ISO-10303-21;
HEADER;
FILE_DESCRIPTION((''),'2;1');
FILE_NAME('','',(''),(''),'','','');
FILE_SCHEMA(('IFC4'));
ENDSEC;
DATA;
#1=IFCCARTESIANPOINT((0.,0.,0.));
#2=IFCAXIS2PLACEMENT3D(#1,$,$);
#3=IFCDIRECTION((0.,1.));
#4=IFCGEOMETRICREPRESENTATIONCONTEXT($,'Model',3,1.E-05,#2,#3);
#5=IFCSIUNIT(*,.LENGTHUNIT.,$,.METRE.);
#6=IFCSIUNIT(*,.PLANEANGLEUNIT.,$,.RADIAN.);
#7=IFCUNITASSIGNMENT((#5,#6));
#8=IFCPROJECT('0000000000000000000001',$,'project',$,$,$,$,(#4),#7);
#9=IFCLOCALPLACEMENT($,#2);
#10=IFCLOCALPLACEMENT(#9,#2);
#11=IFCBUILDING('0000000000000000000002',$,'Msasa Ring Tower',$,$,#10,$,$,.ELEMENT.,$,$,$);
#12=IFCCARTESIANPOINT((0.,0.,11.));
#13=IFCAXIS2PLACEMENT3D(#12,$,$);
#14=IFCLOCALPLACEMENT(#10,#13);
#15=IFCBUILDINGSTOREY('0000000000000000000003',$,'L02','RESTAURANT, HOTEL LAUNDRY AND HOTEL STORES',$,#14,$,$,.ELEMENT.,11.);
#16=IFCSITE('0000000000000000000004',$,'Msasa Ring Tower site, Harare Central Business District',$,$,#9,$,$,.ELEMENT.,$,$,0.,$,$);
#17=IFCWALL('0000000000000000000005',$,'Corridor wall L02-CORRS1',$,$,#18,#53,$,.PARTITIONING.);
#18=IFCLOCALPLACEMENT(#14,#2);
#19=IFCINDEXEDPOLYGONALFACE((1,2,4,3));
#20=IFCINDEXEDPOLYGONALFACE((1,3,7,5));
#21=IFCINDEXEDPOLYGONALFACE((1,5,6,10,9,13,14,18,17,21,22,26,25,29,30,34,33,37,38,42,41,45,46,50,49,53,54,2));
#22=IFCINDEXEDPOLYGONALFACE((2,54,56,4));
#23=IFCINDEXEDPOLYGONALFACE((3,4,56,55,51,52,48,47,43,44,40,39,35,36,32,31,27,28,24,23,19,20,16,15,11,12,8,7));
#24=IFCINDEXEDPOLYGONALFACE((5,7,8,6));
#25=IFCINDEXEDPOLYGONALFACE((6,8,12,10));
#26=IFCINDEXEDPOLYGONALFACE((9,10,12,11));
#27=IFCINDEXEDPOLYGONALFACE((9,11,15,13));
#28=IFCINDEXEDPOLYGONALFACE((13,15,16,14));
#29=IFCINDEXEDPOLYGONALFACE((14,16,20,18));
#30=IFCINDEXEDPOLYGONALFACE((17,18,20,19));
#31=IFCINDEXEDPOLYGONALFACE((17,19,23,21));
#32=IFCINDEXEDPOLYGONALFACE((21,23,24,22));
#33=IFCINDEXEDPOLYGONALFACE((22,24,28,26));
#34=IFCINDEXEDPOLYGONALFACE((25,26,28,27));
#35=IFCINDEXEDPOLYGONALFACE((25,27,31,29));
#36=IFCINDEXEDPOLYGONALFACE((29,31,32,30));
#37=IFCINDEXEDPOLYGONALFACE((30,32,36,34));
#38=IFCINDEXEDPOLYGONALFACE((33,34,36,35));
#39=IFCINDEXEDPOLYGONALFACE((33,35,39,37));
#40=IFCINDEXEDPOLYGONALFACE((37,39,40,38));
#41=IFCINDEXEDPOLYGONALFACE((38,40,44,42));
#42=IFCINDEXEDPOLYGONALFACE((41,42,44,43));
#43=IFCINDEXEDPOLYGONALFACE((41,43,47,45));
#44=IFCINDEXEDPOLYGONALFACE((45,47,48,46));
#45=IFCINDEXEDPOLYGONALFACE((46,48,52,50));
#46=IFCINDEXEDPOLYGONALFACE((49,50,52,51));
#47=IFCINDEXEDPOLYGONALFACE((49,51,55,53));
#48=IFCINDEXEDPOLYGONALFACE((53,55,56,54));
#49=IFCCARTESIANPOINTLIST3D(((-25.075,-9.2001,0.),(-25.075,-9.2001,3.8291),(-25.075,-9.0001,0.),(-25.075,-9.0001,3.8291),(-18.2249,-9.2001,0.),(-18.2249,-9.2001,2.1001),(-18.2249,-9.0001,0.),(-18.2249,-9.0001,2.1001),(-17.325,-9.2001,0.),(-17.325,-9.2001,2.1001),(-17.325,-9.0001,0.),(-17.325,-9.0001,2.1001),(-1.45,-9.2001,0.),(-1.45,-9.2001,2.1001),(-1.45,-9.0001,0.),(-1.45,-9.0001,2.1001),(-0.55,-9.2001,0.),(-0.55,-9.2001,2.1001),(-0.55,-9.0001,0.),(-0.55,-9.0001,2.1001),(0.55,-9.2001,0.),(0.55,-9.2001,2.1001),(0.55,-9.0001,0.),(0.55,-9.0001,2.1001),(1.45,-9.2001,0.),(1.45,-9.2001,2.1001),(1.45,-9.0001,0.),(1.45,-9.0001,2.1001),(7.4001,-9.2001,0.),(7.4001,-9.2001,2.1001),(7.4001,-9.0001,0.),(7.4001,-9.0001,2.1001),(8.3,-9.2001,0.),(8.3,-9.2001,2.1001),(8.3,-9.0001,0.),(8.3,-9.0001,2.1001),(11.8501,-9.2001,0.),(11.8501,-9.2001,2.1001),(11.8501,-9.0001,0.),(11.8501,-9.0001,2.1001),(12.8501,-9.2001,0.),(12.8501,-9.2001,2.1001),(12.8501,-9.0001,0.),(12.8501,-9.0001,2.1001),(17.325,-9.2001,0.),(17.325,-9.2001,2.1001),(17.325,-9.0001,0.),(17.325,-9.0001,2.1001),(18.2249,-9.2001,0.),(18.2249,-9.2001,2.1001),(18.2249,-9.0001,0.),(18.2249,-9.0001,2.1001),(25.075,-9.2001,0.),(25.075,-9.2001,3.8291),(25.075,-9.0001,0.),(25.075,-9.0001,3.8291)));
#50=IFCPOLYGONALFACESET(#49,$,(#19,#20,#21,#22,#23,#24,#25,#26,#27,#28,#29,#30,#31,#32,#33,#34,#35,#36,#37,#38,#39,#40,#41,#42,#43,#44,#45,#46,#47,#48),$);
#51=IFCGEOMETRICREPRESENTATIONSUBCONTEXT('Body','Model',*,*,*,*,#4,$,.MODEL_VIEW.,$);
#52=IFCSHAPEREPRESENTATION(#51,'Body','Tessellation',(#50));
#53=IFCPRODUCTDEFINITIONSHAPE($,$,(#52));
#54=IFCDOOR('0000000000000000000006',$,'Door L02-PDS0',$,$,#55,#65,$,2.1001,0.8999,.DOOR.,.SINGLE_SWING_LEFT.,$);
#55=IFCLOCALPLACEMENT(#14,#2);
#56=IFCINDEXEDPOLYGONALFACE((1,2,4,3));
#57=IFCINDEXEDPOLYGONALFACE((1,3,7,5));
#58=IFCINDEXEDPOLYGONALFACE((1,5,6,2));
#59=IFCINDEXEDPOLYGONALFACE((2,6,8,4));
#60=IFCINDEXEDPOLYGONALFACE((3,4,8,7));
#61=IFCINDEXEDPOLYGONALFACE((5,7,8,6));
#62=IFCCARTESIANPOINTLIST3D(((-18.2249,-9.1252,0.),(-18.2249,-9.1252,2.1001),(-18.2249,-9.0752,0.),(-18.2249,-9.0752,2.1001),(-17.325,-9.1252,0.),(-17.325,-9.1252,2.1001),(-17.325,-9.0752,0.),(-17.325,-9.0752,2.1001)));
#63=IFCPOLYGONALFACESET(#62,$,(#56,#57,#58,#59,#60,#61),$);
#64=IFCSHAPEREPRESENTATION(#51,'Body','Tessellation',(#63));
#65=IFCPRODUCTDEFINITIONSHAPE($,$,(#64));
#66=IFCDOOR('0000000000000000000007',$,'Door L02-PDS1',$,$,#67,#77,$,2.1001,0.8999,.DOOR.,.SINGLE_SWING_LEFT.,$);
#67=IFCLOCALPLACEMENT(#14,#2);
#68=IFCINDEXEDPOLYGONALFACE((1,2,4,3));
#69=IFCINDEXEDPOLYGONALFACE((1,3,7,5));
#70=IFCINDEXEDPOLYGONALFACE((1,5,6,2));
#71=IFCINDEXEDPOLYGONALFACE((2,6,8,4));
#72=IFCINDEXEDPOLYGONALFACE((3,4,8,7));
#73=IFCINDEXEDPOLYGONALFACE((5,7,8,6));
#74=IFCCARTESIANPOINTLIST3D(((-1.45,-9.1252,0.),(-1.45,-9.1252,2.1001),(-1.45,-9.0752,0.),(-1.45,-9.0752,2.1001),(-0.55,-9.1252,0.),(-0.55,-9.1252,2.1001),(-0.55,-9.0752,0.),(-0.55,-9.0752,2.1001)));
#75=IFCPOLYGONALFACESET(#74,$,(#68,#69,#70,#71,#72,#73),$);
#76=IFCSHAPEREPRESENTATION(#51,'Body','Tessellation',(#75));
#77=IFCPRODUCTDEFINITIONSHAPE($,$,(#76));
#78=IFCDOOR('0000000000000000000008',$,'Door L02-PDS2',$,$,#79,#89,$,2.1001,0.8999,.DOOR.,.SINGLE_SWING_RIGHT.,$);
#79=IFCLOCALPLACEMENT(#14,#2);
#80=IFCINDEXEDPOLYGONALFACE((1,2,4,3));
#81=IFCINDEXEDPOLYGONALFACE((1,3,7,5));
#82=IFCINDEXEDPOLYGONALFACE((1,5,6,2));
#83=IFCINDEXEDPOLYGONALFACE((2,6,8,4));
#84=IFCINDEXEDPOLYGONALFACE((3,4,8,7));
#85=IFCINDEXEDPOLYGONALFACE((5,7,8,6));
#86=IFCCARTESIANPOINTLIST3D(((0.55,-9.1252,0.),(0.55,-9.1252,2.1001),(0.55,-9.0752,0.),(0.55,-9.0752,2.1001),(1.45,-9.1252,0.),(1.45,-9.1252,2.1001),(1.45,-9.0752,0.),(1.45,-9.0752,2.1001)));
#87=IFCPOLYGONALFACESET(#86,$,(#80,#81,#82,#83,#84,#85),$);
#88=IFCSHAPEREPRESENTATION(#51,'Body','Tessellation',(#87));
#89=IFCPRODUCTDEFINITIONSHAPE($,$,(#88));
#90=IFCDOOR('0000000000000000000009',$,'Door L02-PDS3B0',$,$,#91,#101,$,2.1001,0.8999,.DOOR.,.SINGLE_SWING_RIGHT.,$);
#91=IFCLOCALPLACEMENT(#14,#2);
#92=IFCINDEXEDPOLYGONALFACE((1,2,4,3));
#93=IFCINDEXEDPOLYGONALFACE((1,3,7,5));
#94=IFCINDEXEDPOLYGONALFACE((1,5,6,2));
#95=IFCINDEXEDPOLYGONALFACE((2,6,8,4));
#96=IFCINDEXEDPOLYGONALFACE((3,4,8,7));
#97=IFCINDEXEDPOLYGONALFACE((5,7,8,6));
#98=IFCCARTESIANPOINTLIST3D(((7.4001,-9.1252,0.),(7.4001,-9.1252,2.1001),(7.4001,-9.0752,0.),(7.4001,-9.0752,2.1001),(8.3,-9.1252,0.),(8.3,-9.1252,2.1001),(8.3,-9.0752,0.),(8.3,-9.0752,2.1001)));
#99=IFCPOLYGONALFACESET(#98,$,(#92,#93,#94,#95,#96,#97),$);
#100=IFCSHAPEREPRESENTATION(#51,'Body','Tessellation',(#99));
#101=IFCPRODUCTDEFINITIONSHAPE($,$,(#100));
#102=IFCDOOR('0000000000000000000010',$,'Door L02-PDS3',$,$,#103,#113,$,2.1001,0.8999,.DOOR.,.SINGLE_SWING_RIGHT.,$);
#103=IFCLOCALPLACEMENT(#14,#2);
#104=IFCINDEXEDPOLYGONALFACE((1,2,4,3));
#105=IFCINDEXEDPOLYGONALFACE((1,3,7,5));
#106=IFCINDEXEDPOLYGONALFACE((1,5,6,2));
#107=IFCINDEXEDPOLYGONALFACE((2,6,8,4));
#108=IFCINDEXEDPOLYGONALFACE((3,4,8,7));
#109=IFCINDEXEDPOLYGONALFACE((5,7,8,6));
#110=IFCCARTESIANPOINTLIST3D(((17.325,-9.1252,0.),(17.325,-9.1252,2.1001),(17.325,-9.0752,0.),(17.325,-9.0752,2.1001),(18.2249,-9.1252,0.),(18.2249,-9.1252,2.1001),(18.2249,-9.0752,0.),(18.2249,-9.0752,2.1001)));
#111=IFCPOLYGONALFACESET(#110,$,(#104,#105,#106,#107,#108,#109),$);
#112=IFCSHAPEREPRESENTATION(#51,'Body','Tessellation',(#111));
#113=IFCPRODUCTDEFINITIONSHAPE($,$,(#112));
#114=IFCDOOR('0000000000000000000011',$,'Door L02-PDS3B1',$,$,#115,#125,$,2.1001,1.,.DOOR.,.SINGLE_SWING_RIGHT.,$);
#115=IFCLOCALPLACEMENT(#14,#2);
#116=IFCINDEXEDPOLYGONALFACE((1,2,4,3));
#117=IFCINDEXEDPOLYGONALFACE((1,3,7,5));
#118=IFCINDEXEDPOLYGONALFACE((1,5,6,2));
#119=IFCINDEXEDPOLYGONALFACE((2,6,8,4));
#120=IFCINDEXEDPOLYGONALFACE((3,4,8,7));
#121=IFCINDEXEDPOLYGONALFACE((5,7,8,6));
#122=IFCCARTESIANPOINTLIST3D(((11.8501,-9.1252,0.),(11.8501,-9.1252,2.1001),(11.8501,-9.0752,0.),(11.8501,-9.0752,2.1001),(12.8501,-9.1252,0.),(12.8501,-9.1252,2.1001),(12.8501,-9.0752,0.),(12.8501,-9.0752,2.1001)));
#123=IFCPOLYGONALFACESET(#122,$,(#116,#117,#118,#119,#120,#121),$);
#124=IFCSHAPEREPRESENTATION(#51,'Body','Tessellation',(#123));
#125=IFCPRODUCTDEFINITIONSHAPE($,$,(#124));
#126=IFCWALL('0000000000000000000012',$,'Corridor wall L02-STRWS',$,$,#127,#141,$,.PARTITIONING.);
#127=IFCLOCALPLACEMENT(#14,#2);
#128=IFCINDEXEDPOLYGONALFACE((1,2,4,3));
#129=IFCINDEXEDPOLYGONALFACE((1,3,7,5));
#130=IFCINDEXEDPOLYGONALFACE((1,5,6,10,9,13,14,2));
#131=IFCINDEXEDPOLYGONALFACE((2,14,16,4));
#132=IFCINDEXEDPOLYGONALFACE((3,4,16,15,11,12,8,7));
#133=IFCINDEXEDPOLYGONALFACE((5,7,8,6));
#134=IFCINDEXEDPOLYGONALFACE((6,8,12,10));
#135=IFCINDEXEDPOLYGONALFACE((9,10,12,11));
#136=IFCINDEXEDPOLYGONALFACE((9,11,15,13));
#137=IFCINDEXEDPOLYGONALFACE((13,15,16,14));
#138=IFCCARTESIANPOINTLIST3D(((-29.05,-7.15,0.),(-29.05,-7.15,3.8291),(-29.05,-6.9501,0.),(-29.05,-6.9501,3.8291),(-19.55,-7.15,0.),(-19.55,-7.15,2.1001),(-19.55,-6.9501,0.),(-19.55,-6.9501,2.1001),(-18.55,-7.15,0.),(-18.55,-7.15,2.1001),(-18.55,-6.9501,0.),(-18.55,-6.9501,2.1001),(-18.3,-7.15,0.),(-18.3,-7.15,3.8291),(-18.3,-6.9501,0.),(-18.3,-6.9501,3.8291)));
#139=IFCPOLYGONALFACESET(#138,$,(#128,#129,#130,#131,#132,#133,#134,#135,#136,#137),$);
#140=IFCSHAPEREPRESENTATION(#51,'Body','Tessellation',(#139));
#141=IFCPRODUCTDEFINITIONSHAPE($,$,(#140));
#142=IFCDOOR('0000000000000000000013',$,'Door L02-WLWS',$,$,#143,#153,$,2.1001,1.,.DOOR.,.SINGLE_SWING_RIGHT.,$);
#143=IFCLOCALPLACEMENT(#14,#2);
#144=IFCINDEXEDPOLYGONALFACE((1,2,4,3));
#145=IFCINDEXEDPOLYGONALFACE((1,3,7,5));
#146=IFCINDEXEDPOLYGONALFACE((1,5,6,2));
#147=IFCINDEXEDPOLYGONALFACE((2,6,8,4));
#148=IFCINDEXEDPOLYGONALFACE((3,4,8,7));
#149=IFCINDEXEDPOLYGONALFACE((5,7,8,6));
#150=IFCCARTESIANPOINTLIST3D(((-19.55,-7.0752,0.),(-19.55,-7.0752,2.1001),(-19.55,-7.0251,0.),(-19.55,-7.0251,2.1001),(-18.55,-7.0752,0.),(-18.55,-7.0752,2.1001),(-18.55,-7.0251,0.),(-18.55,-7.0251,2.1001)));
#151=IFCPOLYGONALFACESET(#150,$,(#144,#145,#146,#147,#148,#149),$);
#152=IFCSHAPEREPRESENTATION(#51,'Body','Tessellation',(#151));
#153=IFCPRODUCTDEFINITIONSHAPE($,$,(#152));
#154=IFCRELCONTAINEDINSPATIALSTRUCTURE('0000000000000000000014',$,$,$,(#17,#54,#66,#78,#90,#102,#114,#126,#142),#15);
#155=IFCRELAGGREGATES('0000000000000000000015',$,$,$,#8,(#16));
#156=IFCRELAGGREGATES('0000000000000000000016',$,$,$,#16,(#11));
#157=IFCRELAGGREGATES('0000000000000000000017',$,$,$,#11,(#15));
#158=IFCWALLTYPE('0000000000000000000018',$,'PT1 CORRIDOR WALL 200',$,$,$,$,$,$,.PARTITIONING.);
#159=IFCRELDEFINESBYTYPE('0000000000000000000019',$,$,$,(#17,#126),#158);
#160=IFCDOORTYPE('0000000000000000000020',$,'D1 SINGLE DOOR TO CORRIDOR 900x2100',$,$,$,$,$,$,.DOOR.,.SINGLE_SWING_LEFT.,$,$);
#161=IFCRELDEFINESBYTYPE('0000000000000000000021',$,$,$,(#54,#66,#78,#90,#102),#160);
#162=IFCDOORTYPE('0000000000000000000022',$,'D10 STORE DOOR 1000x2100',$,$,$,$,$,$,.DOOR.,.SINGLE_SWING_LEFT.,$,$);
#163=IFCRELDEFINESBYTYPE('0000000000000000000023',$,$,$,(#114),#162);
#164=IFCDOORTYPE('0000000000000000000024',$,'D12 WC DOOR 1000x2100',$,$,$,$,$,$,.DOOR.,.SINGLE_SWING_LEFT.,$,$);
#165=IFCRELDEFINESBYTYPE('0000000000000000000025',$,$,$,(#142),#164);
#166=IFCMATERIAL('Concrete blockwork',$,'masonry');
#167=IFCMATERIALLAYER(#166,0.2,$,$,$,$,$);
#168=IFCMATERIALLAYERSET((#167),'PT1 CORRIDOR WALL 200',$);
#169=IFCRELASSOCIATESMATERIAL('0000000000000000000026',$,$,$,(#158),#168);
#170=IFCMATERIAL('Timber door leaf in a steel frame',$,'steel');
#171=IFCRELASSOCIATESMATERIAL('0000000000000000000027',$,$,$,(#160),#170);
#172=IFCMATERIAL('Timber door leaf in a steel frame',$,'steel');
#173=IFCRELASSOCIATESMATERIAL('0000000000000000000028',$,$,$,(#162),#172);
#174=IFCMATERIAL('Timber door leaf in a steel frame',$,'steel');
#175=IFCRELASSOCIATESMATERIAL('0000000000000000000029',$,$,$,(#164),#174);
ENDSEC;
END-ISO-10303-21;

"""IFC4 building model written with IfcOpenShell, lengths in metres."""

from ifc_helpers import new_model, si_unit, direction, frame, frame_2d, origin, place, context, subcontext, project, spatial, rectangle, extrude, material, layer, layer_set, type_object, element, fill, save


model = new_model("IFC4")

# Units and contexts
model_context = context("Model", 3, precision=1e-05, world=origin(), true_north=direction((0.0, 1.0)))
body_context = subcontext(model_context, "Body", "Model", "MODEL_VIEW")
ifc_project = project(units=[si_unit("LENGTHUNIT", "METRE"), si_unit("PLANEANGLEUNIT", "RADIAN")], contexts=[model_context])

# Site, building, storey
site_placement = place(None, origin())
site = spatial("IfcSite", under=ifc_project, at=site_placement, Name="Msasa Ring Tower site, Harare Central Business District", CompositionType="ELEMENT", RefElevation=0.0)
building_placement = place(site_placement, origin())
building = spatial("IfcBuilding", under=site, at=building_placement, Name="Msasa Ring Tower", CompositionType="ELEMENT")
storey_placement = place(building_placement, frame((0.0, 0.0, 11.0)))
storey = spatial("IfcBuildingStorey", under=building, at=storey_placement, Name="L02", Description="RESTAURANT, HOTEL LAUNDRY AND HOTEL STORES", CompositionType="ELEMENT", Elevation=11.0)

# Wall, openings, doors
ifc_material_1 = material(Name="Concrete blockwork", Category="masonry")
ifc_layer_1 = layer(ifc_material_1, 0.2)
ifc_layer_set_1 = layer_set([ifc_layer_1], Name="PT1 CORRIDOR WALL 200")
wall_type_1 = type_object("IfcWallType", Name="PT1 CORRIDOR WALL 200", PredefinedType="PARTITIONING", material=ifc_layer_set_1)
wall_1_placement = place(storey_placement, frame((-25.075, -9.1001, 0.0), z_axis=(0.0, 0.0, 1.0), x_axis=(1.0, 0.0, 0.0)))
wall_1 = element("IfcWall", 1, at=wall_1_placement, inside=storey, type_object=wall_type_1, Name="Corridor wall L02-CORRS1", PredefinedType="PARTITIONING", context=body_context, shape_type="SweptSolid", body=[
    extrude(rectangle(XDim=50.1499, YDim=0.2, at=frame_2d((25.075, 0.0))), origin(), (0.0, 0.0, 1.0), 3.8291),
])
opening_1_placement = place(wall_1_placement, frame((6.8501, 0.0, 0.0)))
opening_1 = element("IfcOpeningElement", 2, at=opening_1_placement, cuts=wall_1, PredefinedType="OPENING", context=body_context, shape_type="SweptSolid", body=[
    extrude(rectangle(XDim=0.8999, YDim=2.1001, at=frame_2d((0.45, 1.05))), frame((0.0, 0.1099, 0.0), z_axis=(0.0, -1.0, 0.0), x_axis=(1.0, 0.0, 0.0)), (0.0, 0.0, 1.0), 0.22),
])
opening_2_placement = place(wall_1_placement, frame((23.625, 0.0, 0.0)))
opening_2 = element("IfcOpeningElement", 3, at=opening_2_placement, cuts=wall_1, PredefinedType="OPENING", context=body_context, shape_type="SweptSolid", body=[
    extrude(rectangle(XDim=0.8999, YDim=2.1001, at=frame_2d((0.45, 1.05))), frame((0.0, 0.1099, 0.0), z_axis=(0.0, -1.0, 0.0), x_axis=(1.0, 0.0, 0.0)), (0.0, 0.0, 1.0), 0.22),
])
opening_3_placement = place(wall_1_placement, frame((25.625, 0.0, 0.0)))
opening_3 = element("IfcOpeningElement", 4, at=opening_3_placement, cuts=wall_1, PredefinedType="OPENING", context=body_context, shape_type="SweptSolid", body=[
    extrude(rectangle(XDim=0.8999, YDim=2.1001, at=frame_2d((0.45, 1.05))), frame((0.0, 0.1099, 0.0), z_axis=(0.0, -1.0, 0.0), x_axis=(1.0, 0.0, 0.0)), (0.0, 0.0, 1.0), 0.22),
])
opening_4_placement = place(wall_1_placement, frame((32.4751, 0.0, 0.0)))
opening_4 = element("IfcOpeningElement", 5, at=opening_4_placement, cuts=wall_1, PredefinedType="OPENING", context=body_context, shape_type="SweptSolid", body=[
    extrude(rectangle(XDim=0.8999, YDim=2.1001, at=frame_2d((0.45, 1.05))), frame((0.0, 0.1099, 0.0), z_axis=(0.0, -1.0, 0.0), x_axis=(1.0, 0.0, 0.0)), (0.0, 0.0, 1.0), 0.22),
])
opening_5_placement = place(wall_1_placement, frame((36.925, 0.0, 0.0)))
opening_5 = element("IfcOpeningElement", 6, at=opening_5_placement, cuts=wall_1, PredefinedType="OPENING", context=body_context, shape_type="SweptSolid", body=[
    extrude(rectangle(XDim=1.0, YDim=2.1001, at=frame_2d((0.5, 1.05))), frame((0.0, 0.1099, 0.0), z_axis=(0.0, -1.0, 0.0), x_axis=(1.0, 0.0, 0.0)), (0.0, 0.0, 1.0), 0.22),
])
opening_6_placement = place(wall_1_placement, frame((42.3999, 0.0, 0.0)))
opening_6 = element("IfcOpeningElement", 7, at=opening_6_placement, cuts=wall_1, PredefinedType="OPENING", context=body_context, shape_type="SweptSolid", body=[
    extrude(rectangle(XDim=0.8999, YDim=2.1001, at=frame_2d((0.45, 1.05))), frame((0.0, 0.1099, 0.0), z_axis=(0.0, -1.0, 0.0), x_axis=(1.0, 0.0, 0.0)), (0.0, 0.0, 1.0), 0.22),
])
ifc_material_2 = material(Name="Timber door leaf in a steel frame", Category="steel")
door_type_1 = type_object("IfcDoorType", Name="D1 SINGLE DOOR TO CORRIDOR 900x2100", OperationType="SINGLE_SWING_LEFT", PredefinedType="DOOR", material=ifc_material_2)
door_1_placement = place(opening_1_placement, origin())
door_1 = element("IfcDoor", 8, at=door_1_placement, inside=storey, type_object=door_type_1, Name="Door L02-PDS0", OperationType="SINGLE_SWING_LEFT", OverallHeight=2.1001, OverallWidth=0.8999, PredefinedType="DOOR", context=body_context, shape_type="SweptSolid", body=[
    extrude(rectangle(XDim=0.8999, YDim=2.1001, at=frame_2d((0.45, 1.05))), frame((0.0, 0.0249, 0.0), z_axis=(0.0, -1.0, 0.0), x_axis=(1.0, 0.0, 0.0)), (0.0, 0.0, 1.0), 0.05),
])
fill(opening_1, door_1)
door_2_placement = place(opening_2_placement, origin())
door_2 = element("IfcDoor", 9, at=door_2_placement, inside=storey, type_object=door_type_1, Name="Door L02-PDS1", OperationType="SINGLE_SWING_LEFT", OverallHeight=2.1001, OverallWidth=0.8999, PredefinedType="DOOR", context=body_context, shape_type="SweptSolid", body=[
    extrude(rectangle(XDim=0.8999, YDim=2.1001, at=frame_2d((0.45, 1.05))), frame((0.0, 0.0249, 0.0), z_axis=(0.0, -1.0, 0.0), x_axis=(1.0, 0.0, 0.0)), (0.0, 0.0, 1.0), 0.05),
])
fill(opening_2, door_2)
door_3_placement = place(opening_3_placement, origin())
door_3 = element("IfcDoor", 10, at=door_3_placement, inside=storey, type_object=door_type_1, Name="Door L02-PDS2", OperationType="SINGLE_SWING_RIGHT", OverallHeight=2.1001, OverallWidth=0.8999, PredefinedType="DOOR", context=body_context, shape_type="SweptSolid", body=[
    extrude(rectangle(XDim=0.8999, YDim=2.1001, at=frame_2d((0.45, 1.05))), frame((0.0, 0.0249, 0.0), z_axis=(0.0, -1.0, 0.0), x_axis=(1.0, 0.0, 0.0)), (0.0, 0.0, 1.0), 0.05),
])
fill(opening_3, door_3)
door_4_placement = place(opening_4_placement, origin())
door_4 = element("IfcDoor", 11, at=door_4_placement, inside=storey, type_object=door_type_1, Name="Door L02-PDS3B0", OperationType="SINGLE_SWING_RIGHT", OverallHeight=2.1001, OverallWidth=0.8999, PredefinedType="DOOR", context=body_context, shape_type="SweptSolid", body=[
    extrude(rectangle(XDim=0.8999, YDim=2.1001, at=frame_2d((0.45, 1.05))), frame((0.0, 0.0249, 0.0), z_axis=(0.0, -1.0, 0.0), x_axis=(1.0, 0.0, 0.0)), (0.0, 0.0, 1.0), 0.05),
])
fill(opening_4, door_4)
door_5_placement = place(opening_6_placement, origin())
door_5 = element("IfcDoor", 12, at=door_5_placement, inside=storey, type_object=door_type_1, Name="Door L02-PDS3", OperationType="SINGLE_SWING_RIGHT", OverallHeight=2.1001, OverallWidth=0.8999, PredefinedType="DOOR", context=body_context, shape_type="SweptSolid", body=[
    extrude(rectangle(XDim=0.8999, YDim=2.1001, at=frame_2d((0.45, 1.05))), frame((0.0, 0.0249, 0.0), z_axis=(0.0, -1.0, 0.0), x_axis=(1.0, 0.0, 0.0)), (0.0, 0.0, 1.0), 0.05),
])
fill(opening_6, door_5)
ifc_material_3 = material(Name="Timber door leaf in a steel frame", Category="steel")
door_type_2 = type_object("IfcDoorType", Name="D10 STORE DOOR 1000x2100", OperationType="SINGLE_SWING_LEFT", PredefinedType="DOOR", material=ifc_material_3)
door_6_placement = place(opening_5_placement, origin())
door_6 = element("IfcDoor", 13, at=door_6_placement, inside=storey, type_object=door_type_2, Name="Door L02-PDS3B1", OperationType="SINGLE_SWING_RIGHT", OverallHeight=2.1001, OverallWidth=1.0, PredefinedType="DOOR", context=body_context, shape_type="SweptSolid", body=[
    extrude(rectangle(XDim=1.0, YDim=2.1001, at=frame_2d((0.5, 1.05))), frame((0.0, 0.0249, 0.0), z_axis=(0.0, -1.0, 0.0), x_axis=(1.0, 0.0, 0.0)), (0.0, 0.0, 1.0), 0.05),
])
fill(opening_5, door_6)

# Wall, opening, door
wall_2_placement = place(storey_placement, frame((-29.05, -7.05, 0.0), z_axis=(0.0, 0.0, 1.0), x_axis=(1.0, 0.0, 0.0)))
wall_2 = element("IfcWall", 14, at=wall_2_placement, inside=storey, type_object=wall_type_1, Name="Corridor wall L02-STRWS", PredefinedType="PARTITIONING", context=body_context, shape_type="SweptSolid", body=[
    extrude(rectangle(XDim=10.75, YDim=0.2, at=frame_2d((5.375, 0.0))), origin(), (0.0, 0.0, 1.0), 3.8291),
])
opening_7_placement = place(wall_2_placement, frame((9.5, 0.0, 0.0)))
opening_7 = element("IfcOpeningElement", 15, at=opening_7_placement, cuts=wall_2, PredefinedType="OPENING", context=body_context, shape_type="SweptSolid", body=[
    extrude(rectangle(XDim=1.0, YDim=2.1001, at=frame_2d((0.5, 1.05))), frame((0.0, 0.1099, 0.0), z_axis=(0.0, -1.0, 0.0), x_axis=(1.0, 0.0, 0.0)), (0.0, 0.0, 1.0), 0.22),
])
ifc_material_4 = material(Name="Timber door leaf in a steel frame", Category="steel")
door_type_3 = type_object("IfcDoorType", Name="D12 WC DOOR 1000x2100", OperationType="SINGLE_SWING_LEFT", PredefinedType="DOOR", material=ifc_material_4)
door_7_placement = place(opening_7_placement, origin())
door_7 = element("IfcDoor", 16, at=door_7_placement, inside=storey, type_object=door_type_3, Name="Door L02-WLWS", OperationType="SINGLE_SWING_RIGHT", OverallHeight=2.1001, OverallWidth=1.0, PredefinedType="DOOR", context=body_context, shape_type="SweptSolid", body=[
    extrude(rectangle(XDim=1.0, YDim=2.1001, at=frame_2d((0.5, 1.05))), frame((0.0, 0.0249, 0.0), z_axis=(0.0, -1.0, 0.0), x_axis=(1.0, 0.0, 0.0)), (0.0, 0.0, 1.0), 0.05),
])
fill(opening_7, door_7)

save(model, "model.ifc")
